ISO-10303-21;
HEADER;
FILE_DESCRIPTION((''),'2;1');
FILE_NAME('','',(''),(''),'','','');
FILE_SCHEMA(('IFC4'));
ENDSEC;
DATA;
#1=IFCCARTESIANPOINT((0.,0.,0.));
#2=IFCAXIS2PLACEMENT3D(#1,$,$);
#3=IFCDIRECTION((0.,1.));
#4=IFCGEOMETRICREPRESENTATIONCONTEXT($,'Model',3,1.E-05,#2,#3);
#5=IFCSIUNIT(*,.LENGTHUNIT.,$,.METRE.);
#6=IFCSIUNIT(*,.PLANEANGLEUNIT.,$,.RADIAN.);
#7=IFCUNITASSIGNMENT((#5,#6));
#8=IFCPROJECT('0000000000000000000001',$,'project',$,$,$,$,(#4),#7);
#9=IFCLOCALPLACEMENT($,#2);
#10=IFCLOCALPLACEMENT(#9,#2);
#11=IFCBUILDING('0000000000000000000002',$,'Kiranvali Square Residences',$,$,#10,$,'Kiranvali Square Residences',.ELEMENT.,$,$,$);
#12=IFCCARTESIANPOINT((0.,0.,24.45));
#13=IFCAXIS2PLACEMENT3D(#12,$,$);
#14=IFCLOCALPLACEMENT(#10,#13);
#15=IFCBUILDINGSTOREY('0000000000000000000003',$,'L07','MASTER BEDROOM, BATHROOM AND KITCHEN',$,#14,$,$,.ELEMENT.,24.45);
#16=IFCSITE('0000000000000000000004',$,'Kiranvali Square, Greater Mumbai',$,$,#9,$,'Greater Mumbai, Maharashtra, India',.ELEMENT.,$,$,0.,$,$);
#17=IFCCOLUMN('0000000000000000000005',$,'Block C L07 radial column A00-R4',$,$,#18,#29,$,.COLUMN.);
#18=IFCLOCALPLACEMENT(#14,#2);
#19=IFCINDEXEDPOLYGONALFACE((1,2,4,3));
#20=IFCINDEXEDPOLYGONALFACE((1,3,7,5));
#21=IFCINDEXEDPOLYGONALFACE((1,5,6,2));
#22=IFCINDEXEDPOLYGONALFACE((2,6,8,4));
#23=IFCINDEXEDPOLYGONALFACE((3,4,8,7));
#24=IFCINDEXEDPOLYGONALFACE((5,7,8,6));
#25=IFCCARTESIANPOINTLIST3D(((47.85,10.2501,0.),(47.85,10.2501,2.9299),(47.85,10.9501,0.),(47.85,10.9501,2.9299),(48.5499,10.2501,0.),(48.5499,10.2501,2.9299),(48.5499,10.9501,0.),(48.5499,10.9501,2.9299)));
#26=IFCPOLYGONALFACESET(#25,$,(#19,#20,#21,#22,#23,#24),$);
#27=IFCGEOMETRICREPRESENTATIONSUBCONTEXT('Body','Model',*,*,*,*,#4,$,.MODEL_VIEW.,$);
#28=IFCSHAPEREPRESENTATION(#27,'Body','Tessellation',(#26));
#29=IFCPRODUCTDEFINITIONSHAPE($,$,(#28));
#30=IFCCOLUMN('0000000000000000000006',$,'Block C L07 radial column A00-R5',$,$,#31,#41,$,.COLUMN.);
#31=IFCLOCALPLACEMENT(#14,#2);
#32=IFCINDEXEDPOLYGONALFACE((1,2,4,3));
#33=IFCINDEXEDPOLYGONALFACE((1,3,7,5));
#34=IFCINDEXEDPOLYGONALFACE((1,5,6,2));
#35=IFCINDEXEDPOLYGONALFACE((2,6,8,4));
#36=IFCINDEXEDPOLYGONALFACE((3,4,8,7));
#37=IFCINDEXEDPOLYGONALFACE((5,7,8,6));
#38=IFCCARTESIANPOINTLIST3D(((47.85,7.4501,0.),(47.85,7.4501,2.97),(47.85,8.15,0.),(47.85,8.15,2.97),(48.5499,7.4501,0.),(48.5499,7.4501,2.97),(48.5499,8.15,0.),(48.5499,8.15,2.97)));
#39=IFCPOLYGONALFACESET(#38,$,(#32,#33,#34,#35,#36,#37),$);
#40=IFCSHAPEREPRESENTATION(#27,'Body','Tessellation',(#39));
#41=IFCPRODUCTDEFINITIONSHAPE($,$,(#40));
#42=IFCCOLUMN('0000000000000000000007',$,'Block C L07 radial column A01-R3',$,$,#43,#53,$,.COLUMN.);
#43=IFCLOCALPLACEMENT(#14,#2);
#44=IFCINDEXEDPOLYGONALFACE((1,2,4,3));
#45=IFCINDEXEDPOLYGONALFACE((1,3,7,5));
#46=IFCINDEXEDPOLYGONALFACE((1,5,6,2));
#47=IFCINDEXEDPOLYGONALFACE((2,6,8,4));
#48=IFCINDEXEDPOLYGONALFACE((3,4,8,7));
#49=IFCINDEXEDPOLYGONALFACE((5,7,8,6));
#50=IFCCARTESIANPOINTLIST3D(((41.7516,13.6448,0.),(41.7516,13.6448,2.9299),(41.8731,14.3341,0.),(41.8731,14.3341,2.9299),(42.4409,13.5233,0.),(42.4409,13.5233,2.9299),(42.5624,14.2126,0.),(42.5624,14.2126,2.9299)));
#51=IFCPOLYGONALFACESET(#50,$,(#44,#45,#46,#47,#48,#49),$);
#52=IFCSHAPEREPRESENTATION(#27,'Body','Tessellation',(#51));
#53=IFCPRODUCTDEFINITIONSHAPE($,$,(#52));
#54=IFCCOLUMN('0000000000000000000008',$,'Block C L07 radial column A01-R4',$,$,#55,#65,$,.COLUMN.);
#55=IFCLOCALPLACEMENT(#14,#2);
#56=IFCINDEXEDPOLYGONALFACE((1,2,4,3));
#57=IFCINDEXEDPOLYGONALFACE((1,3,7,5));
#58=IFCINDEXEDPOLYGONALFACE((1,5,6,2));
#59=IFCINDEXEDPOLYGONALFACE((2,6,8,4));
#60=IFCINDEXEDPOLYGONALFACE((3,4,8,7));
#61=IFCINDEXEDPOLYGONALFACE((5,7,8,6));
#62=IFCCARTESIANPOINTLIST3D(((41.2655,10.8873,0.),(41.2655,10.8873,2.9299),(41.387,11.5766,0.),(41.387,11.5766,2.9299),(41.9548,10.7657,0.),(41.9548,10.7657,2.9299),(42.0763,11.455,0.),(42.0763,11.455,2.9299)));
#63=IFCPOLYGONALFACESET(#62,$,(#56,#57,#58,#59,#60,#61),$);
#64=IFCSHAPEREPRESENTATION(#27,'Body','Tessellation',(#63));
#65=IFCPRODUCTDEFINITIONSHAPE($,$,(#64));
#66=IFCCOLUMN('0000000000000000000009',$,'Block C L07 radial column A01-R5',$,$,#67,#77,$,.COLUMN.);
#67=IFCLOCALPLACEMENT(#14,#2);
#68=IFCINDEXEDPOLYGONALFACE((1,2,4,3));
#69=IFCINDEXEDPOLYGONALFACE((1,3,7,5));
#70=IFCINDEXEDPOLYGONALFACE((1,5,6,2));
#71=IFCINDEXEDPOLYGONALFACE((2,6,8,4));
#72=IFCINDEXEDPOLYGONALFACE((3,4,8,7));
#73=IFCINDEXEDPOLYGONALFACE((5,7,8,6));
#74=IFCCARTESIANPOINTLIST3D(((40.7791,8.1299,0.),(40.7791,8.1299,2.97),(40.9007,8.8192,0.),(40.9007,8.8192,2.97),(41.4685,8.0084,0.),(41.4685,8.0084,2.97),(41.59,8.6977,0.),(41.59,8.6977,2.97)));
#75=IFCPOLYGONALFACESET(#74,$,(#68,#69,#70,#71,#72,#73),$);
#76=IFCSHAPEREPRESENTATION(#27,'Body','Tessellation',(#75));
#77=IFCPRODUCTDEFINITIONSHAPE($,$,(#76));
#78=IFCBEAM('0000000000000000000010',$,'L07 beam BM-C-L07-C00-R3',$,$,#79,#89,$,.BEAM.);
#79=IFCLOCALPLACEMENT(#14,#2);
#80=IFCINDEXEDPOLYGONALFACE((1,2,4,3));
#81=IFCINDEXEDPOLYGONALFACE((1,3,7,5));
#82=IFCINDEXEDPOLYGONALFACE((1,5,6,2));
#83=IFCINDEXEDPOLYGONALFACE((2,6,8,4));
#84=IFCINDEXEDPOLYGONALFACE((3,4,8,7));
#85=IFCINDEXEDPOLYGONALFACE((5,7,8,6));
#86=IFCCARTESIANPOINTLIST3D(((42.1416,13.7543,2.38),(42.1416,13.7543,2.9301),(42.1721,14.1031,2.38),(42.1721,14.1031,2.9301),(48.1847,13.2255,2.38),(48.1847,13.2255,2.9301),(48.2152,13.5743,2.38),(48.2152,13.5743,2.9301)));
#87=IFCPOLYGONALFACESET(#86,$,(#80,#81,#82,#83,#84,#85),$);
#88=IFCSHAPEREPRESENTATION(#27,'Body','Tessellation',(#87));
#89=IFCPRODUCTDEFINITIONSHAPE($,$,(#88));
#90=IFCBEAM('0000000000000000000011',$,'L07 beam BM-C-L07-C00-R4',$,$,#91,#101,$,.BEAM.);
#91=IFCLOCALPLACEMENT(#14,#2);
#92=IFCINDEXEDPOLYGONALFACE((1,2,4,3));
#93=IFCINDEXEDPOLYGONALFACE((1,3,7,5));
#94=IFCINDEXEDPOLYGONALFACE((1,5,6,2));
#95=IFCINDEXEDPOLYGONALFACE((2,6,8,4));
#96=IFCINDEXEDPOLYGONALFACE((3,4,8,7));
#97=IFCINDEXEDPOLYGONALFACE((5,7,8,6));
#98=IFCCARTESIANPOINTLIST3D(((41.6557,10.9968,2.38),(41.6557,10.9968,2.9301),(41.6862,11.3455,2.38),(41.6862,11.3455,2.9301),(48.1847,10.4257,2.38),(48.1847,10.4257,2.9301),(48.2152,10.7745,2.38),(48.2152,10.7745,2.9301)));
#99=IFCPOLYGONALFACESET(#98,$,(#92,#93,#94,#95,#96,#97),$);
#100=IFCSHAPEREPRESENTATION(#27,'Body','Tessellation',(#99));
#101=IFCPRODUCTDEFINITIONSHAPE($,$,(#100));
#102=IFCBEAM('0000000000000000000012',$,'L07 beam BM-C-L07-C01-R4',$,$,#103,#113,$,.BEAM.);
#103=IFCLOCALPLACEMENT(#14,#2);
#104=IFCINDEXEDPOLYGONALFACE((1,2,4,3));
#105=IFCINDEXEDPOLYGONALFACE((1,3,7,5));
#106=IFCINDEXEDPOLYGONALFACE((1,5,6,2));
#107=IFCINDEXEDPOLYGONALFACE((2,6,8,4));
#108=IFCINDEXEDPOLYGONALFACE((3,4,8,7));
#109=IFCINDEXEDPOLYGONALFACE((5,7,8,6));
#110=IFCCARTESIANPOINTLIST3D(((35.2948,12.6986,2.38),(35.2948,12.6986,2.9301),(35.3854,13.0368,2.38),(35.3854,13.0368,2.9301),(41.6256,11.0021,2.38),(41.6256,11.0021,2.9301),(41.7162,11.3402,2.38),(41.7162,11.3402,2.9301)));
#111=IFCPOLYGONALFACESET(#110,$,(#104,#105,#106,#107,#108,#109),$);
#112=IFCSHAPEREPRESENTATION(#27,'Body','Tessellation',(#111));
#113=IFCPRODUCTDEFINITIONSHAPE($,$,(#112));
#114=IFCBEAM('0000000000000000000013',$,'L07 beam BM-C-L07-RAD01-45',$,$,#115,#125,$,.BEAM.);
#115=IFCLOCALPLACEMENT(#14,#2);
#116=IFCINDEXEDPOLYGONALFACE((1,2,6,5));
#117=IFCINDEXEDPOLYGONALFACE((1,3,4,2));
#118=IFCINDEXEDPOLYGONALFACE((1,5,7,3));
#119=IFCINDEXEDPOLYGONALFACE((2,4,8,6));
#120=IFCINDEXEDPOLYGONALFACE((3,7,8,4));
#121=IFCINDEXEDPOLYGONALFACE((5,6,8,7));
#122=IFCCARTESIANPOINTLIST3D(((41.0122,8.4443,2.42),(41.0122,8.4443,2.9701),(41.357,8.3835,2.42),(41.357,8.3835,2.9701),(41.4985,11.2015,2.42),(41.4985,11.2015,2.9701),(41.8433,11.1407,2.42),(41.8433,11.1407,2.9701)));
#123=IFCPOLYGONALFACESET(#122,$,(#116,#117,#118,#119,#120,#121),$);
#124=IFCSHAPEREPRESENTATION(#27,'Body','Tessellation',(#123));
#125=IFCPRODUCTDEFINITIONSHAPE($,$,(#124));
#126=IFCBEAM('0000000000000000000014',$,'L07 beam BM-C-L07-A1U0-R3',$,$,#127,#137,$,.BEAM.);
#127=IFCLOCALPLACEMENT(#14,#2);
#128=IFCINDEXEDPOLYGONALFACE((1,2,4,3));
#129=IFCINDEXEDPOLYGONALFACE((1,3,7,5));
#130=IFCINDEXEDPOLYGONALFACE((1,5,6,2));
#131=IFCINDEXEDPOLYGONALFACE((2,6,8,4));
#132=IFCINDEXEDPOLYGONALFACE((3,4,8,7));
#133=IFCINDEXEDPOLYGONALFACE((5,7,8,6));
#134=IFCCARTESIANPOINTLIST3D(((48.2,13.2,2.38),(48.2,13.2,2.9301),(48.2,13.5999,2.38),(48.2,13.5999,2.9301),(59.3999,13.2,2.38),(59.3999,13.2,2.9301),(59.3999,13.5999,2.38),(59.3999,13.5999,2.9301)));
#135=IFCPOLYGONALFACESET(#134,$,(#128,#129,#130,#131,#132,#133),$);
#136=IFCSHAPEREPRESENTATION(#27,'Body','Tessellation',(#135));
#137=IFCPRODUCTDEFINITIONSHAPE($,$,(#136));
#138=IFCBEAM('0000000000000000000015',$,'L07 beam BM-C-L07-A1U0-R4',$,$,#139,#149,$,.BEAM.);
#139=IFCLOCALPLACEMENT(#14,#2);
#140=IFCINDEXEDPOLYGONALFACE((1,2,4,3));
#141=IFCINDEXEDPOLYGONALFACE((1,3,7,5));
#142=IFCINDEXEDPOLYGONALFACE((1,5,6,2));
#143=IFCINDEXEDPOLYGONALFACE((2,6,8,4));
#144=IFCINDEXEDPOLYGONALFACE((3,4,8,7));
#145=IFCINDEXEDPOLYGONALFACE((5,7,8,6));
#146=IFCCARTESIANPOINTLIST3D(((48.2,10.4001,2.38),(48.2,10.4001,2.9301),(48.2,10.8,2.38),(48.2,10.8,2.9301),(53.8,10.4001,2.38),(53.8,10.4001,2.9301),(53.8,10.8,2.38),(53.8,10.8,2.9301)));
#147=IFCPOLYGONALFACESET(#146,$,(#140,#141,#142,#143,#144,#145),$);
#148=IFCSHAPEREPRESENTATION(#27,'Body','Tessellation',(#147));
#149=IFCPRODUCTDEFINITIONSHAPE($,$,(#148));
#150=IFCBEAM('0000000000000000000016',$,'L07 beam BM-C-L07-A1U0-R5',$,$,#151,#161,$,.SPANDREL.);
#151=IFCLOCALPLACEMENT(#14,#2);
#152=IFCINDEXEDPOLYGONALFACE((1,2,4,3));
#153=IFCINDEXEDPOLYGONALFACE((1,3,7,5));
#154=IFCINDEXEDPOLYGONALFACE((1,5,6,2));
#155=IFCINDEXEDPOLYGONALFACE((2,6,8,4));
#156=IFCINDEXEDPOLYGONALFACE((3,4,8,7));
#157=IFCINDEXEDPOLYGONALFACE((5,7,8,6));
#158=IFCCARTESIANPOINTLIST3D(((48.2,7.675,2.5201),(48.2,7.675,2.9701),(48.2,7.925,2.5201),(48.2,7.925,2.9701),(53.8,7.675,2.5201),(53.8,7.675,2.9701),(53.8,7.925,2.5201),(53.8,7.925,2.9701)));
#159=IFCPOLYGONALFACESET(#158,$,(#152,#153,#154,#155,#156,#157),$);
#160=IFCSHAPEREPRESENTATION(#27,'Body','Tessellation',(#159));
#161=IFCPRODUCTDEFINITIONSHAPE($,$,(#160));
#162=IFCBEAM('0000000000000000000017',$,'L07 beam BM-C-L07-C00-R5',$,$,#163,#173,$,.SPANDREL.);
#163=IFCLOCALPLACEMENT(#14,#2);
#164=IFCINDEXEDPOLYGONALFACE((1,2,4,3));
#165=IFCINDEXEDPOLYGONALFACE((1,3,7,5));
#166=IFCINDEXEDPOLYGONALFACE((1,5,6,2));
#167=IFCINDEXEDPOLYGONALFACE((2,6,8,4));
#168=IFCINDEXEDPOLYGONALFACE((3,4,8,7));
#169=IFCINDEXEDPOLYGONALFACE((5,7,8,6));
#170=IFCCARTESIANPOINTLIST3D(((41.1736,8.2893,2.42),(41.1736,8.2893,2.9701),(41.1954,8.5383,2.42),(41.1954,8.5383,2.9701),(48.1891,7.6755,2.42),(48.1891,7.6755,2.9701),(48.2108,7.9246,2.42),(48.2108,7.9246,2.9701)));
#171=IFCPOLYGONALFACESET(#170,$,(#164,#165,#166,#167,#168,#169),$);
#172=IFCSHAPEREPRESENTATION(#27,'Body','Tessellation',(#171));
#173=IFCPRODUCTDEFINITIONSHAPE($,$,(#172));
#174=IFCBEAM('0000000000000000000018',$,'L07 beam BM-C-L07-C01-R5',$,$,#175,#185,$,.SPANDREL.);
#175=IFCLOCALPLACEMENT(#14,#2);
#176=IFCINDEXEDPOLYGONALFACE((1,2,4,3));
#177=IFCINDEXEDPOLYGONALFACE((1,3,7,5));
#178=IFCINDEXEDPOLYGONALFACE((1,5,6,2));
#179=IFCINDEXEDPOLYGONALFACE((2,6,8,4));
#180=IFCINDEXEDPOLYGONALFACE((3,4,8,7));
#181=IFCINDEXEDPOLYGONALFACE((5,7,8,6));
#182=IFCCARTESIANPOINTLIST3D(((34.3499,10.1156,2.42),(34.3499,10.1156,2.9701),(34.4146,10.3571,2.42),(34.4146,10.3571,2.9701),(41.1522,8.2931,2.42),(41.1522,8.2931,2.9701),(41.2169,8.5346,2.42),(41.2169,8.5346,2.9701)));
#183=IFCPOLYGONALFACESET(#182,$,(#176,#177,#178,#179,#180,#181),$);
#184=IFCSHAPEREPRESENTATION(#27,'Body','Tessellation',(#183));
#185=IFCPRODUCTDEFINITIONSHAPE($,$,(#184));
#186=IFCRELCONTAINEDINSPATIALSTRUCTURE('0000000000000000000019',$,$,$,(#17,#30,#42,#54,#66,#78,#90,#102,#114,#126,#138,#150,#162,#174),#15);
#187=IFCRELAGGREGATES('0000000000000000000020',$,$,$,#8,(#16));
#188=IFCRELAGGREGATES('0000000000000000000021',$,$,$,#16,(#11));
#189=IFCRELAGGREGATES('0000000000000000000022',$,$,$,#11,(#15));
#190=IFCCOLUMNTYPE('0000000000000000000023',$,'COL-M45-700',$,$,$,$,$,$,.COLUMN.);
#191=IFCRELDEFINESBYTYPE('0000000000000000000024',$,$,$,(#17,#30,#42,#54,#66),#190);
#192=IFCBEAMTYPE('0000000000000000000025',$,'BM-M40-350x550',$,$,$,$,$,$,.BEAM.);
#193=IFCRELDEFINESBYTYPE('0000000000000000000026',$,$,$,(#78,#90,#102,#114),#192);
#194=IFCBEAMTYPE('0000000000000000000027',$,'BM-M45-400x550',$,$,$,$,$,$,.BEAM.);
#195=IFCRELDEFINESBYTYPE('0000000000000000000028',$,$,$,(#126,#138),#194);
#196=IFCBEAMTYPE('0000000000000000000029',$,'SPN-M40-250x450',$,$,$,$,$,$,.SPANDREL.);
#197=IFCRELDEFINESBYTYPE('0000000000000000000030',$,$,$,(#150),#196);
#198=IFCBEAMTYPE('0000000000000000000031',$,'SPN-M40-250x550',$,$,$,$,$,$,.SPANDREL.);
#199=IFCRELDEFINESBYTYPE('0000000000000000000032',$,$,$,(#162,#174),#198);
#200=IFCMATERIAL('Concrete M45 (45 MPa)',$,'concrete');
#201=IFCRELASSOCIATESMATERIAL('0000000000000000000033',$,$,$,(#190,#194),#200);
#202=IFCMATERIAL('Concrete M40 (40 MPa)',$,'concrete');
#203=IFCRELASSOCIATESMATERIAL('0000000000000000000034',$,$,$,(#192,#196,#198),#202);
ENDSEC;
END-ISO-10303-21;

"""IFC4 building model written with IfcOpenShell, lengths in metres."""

from ifc_helpers import new_model, si_unit, direction, frame, origin, origin_2d, place, context, subcontext, project, spatial, rectangle, extrude, material, material_profile, profile_set, type_object, element, save


model = new_model("IFC4")

# Units and contexts
model_context = context("Model", 3, precision=1e-05, world=origin(), true_north=direction((0.0, 1.0)))
body_context = subcontext(model_context, "Body", "Model", "MODEL_VIEW")
ifc_project = project(units=[si_unit("LENGTHUNIT", "METRE"), si_unit("PLANEANGLEUNIT", "RADIAN")], contexts=[model_context])

# Site, building, storey
site_placement = place(None, origin())
site = spatial("IfcSite", under=ifc_project, at=site_placement, Name="Kiranvali Square, Greater Mumbai", LongName="Greater Mumbai, Maharashtra, India", CompositionType="ELEMENT", RefElevation=0.0)
building_placement = place(site_placement, origin())
building = spatial("IfcBuilding", under=site, at=building_placement, Name="Kiranvali Square Residences", LongName="Kiranvali Square Residences", CompositionType="ELEMENT")
storey_placement = place(building_placement, frame((0.0, 0.0, 24.45)))
storey = spatial("IfcBuildingStorey", under=building, at=storey_placement, Name="L07", Description="MASTER BEDROOM, BATHROOM AND KITCHEN", CompositionType="ELEMENT", Elevation=24.45)

# Columns
ifc_material_1 = material(Name="Concrete M45 (45 MPa)", Category="concrete")
ifc_material_profile_1 = material_profile(ifc_material_1, rectangle(XDim=0.7, YDim=0.7, at=origin_2d()), Name="RC 700x700")
ifc_profile_set_1 = profile_set([ifc_material_profile_1], Name="Concrete M45 (45 MPa)")
column_type = type_object("IfcColumnType", Name="COL-M45-700", PredefinedType="COLUMN", material=ifc_profile_set_1)
column_1_placement = place(storey_placement, frame((48.2, 10.6001, 0.0), z_axis=(0.0, 0.0, 1.0), x_axis=(1.0, 0.0, 0.0)))
element("IfcColumn", 1, at=column_1_placement, inside=storey, type_object=column_type, Name="Block C L07 radial column A00-R4", PredefinedType="COLUMN", context=body_context, shape_type="SweptSolid", body=[
    extrude(rectangle(XDim=0.7, YDim=0.7, at=origin_2d()), origin(), (0.0, 0.0, 1.0), 2.9299),
])
column_2_placement = place(storey_placement, frame((48.2, 7.8, 0.0), z_axis=(0.0, 0.0, 1.0), x_axis=(1.0, 0.0, 0.0)))
element("IfcColumn", 2, at=column_2_placement, inside=storey, type_object=column_type, Name="Block C L07 radial column A00-R5", PredefinedType="COLUMN", context=body_context, shape_type="SweptSolid", body=[
    extrude(rectangle(XDim=0.7, YDim=0.7, at=origin_2d()), origin(), (0.0, 0.0, 1.0), 2.97),
])
for number, where, z_axis, x_axis, name in (
    (3, (42.157, 13.9287, 0.0), (0.0, 0.0, 1.0), (-0.984808, 0.173648, 0.0), "Block C L07 radial column A01-R3"),
    (4, (41.6709, 11.1711, 0.0), (0.0, 0.0, 1.0), (-0.984808, 0.173648, 0.0), "Block C L07 radial column A01-R4"),
):
    element("IfcColumn", number, at=place(storey_placement, frame(where, z_axis=z_axis, x_axis=x_axis)), inside=storey, type_object=column_type, Name=name, PredefinedType="COLUMN", context=body_context, shape_type="SweptSolid", body=[
        extrude(rectangle(XDim=0.7, YDim=0.7, at=origin_2d()), origin(), (0.0, 0.0, 1.0), 2.9299),
    ])
column_3_placement = place(storey_placement, frame((41.1846, 8.4138, 0.0), z_axis=(0.0, 0.0, 1.0), x_axis=(-0.984808, 0.173648, 0.0)))
element("IfcColumn", 5, at=column_3_placement, inside=storey, type_object=column_type, Name="Block C L07 radial column A01-R5", PredefinedType="COLUMN", context=body_context, shape_type="SweptSolid", body=[
    extrude(rectangle(XDim=0.7, YDim=0.7, at=origin_2d()), origin(), (0.0, 0.0, 1.0), 2.97),
])

# Beams
ifc_material_2 = material(Name="Concrete M40 (40 MPa)", Category="concrete")
ifc_material_profile_2 = material_profile(ifc_material_2, rectangle(XDim=0.3501, YDim=0.55, at=origin_2d()), Name="RC 350x550")
ifc_profile_set_2 = profile_set([ifc_material_profile_2], Name="Concrete M40 (40 MPa)")
beam_type_1 = type_object("IfcBeamType", Name="BM-M40-350x550", PredefinedType="BEAM", material=ifc_profile_set_2)
beam_1_placement = place(storey_placement, frame((48.2, 13.3999, 2.655), z_axis=(-0.996193, 0.087175, 0.0), x_axis=(-0.087175, -0.996193, 0.0)))
element("IfcBeam", 6, at=beam_1_placement, inside=storey, type_object=beam_type_1, Name="L07 beam BM-C-L07-C00-R3", PredefinedType="BEAM", context=body_context, shape_type="SweptSolid", body=[
    extrude(rectangle(XDim=0.3501, YDim=0.55, at=origin_2d()), origin(), (0.0, 0.0, 1.0), 6.0662),
])
beam_2_placement = place(storey_placement, frame((48.2, 10.6001, 2.655), z_axis=(-0.996197, 0.08713, 0.0), x_axis=(-0.08713, -0.996197, 0.0)))
element("IfcBeam", 7, at=beam_2_placement, inside=storey, type_object=beam_type_1, Name="L07 beam BM-C-L07-C00-R4", PredefinedType="BEAM", context=body_context, shape_type="SweptSolid", body=[
    extrude(rectangle(XDim=0.3501, YDim=0.55, at=origin_2d()), origin(), (0.0, 0.0, 1.0), 6.554),
])
beam_3_placement = place(storey_placement, frame((41.6709, 11.1711, 2.655), z_axis=(-0.965918, 0.258847, 0.0), x_axis=(-0.258847, -0.965918, 0.0)))
element("IfcBeam", 8, at=beam_3_placement, inside=storey, type_object=beam_type_1, Name="L07 beam BM-C-L07-C01-R4", PredefinedType="BEAM", context=body_context, shape_type="SweptSolid", body=[
    extrude(rectangle(XDim=0.3501, YDim=0.55, at=origin_2d()), origin(), (0.0, 0.0, 1.0), 6.5542),
])
beam_4_placement = place(storey_placement, frame((41.6709, 11.1711, 2.6951), z_axis=(-0.173696, -0.984799, 0.0), x_axis=(0.984799, -0.173696, 0.0)))
element("IfcBeam", 9, at=beam_4_placement, inside=storey, type_object=beam_type_1, Name="L07 beam BM-C-L07-RAD01-45", PredefinedType="BEAM", context=body_context, shape_type="SweptSolid", body=[
    extrude(rectangle(XDim=0.3501, YDim=0.55, at=origin_2d()), origin(), (0.0, 0.0, 1.0), 2.7998),
])
ifc_material_profile_3 = material_profile(ifc_material_1, rectangle(XDim=0.3999, YDim=0.55, at=origin_2d()), Name="RC 400x550")
ifc_profile_set_3 = profile_set([ifc_material_profile_3], Name="Concrete M45 (45 MPa)")
beam_type_2 = type_object("IfcBeamType", Name="BM-M45-400x550", PredefinedType="BEAM", material=ifc_profile_set_3)
beam_5_placement = place(storey_placement, frame((48.2, 13.3999, 2.655), z_axis=(1.0, 0.0, 0.0), x_axis=(0.0, 1.0, 0.0)))
element("IfcBeam", 10, at=beam_5_placement, inside=storey, type_object=beam_type_2, Name="L07 beam BM-C-L07-A1U0-R3", PredefinedType="BEAM", context=body_context, shape_type="SweptSolid", body=[
    extrude(rectangle(XDim=0.3999, YDim=0.55, at=origin_2d()), origin(), (0.0, 0.0, 1.0), 11.2),
])
beam_6_placement = place(storey_placement, frame((48.2, 10.6001, 2.655), z_axis=(1.0, 0.0, 0.0), x_axis=(0.0, 1.0, 0.0)))
element("IfcBeam", 11, at=beam_6_placement, inside=storey, type_object=beam_type_2, Name="L07 beam BM-C-L07-A1U0-R4", PredefinedType="BEAM", context=body_context, shape_type="SweptSolid", body=[
    extrude(rectangle(XDim=0.3999, YDim=0.55, at=origin_2d()), origin(), (0.0, 0.0, 1.0), 5.6001),
])
ifc_material_profile_4 = material_profile(ifc_material_2, rectangle(XDim=0.25, YDim=0.45, at=origin_2d()), Name="RC 250x450")
ifc_profile_set_4 = profile_set([ifc_material_profile_4], Name="Concrete M40 (40 MPa)")
beam_type_3 = type_object("IfcBeamType", Name="SPN-M40-250x450", PredefinedType="SPANDREL", material=ifc_profile_set_4)
beam_7_placement = place(storey_placement, frame((48.2, 7.8, 2.7451), z_axis=(1.0, 0.0, 0.0), x_axis=(0.0, 1.0, 0.0)))
element("IfcBeam", 12, at=beam_7_placement, inside=storey, type_object=beam_type_3, Name="L07 beam BM-C-L07-A1U0-R5", PredefinedType="SPANDREL", context=body_context, shape_type="SweptSolid", body=[
    extrude(rectangle(XDim=0.25, YDim=0.45, at=origin_2d()), origin(), (0.0, 0.0, 1.0), 5.6001),
])
ifc_material_profile_5 = material_profile(ifc_material_2, rectangle(XDim=0.25, YDim=0.55, at=origin_2d()), Name="RC 250x550")
ifc_profile_set_5 = profile_set([ifc_material_profile_5], Name="Concrete M40 (40 MPa)")
beam_type_4 = type_object("IfcBeamType", Name="SPN-M40-250x550", PredefinedType="SPANDREL", material=ifc_profile_set_5)
for number, where, z_axis, x_axis, name in (
    (13, (48.2, 7.8, 2.6951), (-0.996195, 0.087156, 0.0), (-0.087156, -0.996195, 0.0), "L07 beam BM-C-L07-C00-R5"),
    (14, (41.1846, 8.4138, 2.6951), (-0.965931, 0.2588, 0.0), (-0.2588, -0.965931, 0.0), "L07 beam BM-C-L07-C01-R5"),
):
    element("IfcBeam", number, at=place(storey_placement, frame(where, z_axis=z_axis, x_axis=x_axis)), inside=storey, type_object=beam_type_4, Name=name, PredefinedType="SPANDREL", context=body_context, shape_type="SweptSolid", body=[
        extrude(rectangle(XDim=0.25, YDim=0.55, at=origin_2d()), origin(), (0.0, 0.0, 1.0), 7.0422),
    ])

save(model, "model.ifc")
